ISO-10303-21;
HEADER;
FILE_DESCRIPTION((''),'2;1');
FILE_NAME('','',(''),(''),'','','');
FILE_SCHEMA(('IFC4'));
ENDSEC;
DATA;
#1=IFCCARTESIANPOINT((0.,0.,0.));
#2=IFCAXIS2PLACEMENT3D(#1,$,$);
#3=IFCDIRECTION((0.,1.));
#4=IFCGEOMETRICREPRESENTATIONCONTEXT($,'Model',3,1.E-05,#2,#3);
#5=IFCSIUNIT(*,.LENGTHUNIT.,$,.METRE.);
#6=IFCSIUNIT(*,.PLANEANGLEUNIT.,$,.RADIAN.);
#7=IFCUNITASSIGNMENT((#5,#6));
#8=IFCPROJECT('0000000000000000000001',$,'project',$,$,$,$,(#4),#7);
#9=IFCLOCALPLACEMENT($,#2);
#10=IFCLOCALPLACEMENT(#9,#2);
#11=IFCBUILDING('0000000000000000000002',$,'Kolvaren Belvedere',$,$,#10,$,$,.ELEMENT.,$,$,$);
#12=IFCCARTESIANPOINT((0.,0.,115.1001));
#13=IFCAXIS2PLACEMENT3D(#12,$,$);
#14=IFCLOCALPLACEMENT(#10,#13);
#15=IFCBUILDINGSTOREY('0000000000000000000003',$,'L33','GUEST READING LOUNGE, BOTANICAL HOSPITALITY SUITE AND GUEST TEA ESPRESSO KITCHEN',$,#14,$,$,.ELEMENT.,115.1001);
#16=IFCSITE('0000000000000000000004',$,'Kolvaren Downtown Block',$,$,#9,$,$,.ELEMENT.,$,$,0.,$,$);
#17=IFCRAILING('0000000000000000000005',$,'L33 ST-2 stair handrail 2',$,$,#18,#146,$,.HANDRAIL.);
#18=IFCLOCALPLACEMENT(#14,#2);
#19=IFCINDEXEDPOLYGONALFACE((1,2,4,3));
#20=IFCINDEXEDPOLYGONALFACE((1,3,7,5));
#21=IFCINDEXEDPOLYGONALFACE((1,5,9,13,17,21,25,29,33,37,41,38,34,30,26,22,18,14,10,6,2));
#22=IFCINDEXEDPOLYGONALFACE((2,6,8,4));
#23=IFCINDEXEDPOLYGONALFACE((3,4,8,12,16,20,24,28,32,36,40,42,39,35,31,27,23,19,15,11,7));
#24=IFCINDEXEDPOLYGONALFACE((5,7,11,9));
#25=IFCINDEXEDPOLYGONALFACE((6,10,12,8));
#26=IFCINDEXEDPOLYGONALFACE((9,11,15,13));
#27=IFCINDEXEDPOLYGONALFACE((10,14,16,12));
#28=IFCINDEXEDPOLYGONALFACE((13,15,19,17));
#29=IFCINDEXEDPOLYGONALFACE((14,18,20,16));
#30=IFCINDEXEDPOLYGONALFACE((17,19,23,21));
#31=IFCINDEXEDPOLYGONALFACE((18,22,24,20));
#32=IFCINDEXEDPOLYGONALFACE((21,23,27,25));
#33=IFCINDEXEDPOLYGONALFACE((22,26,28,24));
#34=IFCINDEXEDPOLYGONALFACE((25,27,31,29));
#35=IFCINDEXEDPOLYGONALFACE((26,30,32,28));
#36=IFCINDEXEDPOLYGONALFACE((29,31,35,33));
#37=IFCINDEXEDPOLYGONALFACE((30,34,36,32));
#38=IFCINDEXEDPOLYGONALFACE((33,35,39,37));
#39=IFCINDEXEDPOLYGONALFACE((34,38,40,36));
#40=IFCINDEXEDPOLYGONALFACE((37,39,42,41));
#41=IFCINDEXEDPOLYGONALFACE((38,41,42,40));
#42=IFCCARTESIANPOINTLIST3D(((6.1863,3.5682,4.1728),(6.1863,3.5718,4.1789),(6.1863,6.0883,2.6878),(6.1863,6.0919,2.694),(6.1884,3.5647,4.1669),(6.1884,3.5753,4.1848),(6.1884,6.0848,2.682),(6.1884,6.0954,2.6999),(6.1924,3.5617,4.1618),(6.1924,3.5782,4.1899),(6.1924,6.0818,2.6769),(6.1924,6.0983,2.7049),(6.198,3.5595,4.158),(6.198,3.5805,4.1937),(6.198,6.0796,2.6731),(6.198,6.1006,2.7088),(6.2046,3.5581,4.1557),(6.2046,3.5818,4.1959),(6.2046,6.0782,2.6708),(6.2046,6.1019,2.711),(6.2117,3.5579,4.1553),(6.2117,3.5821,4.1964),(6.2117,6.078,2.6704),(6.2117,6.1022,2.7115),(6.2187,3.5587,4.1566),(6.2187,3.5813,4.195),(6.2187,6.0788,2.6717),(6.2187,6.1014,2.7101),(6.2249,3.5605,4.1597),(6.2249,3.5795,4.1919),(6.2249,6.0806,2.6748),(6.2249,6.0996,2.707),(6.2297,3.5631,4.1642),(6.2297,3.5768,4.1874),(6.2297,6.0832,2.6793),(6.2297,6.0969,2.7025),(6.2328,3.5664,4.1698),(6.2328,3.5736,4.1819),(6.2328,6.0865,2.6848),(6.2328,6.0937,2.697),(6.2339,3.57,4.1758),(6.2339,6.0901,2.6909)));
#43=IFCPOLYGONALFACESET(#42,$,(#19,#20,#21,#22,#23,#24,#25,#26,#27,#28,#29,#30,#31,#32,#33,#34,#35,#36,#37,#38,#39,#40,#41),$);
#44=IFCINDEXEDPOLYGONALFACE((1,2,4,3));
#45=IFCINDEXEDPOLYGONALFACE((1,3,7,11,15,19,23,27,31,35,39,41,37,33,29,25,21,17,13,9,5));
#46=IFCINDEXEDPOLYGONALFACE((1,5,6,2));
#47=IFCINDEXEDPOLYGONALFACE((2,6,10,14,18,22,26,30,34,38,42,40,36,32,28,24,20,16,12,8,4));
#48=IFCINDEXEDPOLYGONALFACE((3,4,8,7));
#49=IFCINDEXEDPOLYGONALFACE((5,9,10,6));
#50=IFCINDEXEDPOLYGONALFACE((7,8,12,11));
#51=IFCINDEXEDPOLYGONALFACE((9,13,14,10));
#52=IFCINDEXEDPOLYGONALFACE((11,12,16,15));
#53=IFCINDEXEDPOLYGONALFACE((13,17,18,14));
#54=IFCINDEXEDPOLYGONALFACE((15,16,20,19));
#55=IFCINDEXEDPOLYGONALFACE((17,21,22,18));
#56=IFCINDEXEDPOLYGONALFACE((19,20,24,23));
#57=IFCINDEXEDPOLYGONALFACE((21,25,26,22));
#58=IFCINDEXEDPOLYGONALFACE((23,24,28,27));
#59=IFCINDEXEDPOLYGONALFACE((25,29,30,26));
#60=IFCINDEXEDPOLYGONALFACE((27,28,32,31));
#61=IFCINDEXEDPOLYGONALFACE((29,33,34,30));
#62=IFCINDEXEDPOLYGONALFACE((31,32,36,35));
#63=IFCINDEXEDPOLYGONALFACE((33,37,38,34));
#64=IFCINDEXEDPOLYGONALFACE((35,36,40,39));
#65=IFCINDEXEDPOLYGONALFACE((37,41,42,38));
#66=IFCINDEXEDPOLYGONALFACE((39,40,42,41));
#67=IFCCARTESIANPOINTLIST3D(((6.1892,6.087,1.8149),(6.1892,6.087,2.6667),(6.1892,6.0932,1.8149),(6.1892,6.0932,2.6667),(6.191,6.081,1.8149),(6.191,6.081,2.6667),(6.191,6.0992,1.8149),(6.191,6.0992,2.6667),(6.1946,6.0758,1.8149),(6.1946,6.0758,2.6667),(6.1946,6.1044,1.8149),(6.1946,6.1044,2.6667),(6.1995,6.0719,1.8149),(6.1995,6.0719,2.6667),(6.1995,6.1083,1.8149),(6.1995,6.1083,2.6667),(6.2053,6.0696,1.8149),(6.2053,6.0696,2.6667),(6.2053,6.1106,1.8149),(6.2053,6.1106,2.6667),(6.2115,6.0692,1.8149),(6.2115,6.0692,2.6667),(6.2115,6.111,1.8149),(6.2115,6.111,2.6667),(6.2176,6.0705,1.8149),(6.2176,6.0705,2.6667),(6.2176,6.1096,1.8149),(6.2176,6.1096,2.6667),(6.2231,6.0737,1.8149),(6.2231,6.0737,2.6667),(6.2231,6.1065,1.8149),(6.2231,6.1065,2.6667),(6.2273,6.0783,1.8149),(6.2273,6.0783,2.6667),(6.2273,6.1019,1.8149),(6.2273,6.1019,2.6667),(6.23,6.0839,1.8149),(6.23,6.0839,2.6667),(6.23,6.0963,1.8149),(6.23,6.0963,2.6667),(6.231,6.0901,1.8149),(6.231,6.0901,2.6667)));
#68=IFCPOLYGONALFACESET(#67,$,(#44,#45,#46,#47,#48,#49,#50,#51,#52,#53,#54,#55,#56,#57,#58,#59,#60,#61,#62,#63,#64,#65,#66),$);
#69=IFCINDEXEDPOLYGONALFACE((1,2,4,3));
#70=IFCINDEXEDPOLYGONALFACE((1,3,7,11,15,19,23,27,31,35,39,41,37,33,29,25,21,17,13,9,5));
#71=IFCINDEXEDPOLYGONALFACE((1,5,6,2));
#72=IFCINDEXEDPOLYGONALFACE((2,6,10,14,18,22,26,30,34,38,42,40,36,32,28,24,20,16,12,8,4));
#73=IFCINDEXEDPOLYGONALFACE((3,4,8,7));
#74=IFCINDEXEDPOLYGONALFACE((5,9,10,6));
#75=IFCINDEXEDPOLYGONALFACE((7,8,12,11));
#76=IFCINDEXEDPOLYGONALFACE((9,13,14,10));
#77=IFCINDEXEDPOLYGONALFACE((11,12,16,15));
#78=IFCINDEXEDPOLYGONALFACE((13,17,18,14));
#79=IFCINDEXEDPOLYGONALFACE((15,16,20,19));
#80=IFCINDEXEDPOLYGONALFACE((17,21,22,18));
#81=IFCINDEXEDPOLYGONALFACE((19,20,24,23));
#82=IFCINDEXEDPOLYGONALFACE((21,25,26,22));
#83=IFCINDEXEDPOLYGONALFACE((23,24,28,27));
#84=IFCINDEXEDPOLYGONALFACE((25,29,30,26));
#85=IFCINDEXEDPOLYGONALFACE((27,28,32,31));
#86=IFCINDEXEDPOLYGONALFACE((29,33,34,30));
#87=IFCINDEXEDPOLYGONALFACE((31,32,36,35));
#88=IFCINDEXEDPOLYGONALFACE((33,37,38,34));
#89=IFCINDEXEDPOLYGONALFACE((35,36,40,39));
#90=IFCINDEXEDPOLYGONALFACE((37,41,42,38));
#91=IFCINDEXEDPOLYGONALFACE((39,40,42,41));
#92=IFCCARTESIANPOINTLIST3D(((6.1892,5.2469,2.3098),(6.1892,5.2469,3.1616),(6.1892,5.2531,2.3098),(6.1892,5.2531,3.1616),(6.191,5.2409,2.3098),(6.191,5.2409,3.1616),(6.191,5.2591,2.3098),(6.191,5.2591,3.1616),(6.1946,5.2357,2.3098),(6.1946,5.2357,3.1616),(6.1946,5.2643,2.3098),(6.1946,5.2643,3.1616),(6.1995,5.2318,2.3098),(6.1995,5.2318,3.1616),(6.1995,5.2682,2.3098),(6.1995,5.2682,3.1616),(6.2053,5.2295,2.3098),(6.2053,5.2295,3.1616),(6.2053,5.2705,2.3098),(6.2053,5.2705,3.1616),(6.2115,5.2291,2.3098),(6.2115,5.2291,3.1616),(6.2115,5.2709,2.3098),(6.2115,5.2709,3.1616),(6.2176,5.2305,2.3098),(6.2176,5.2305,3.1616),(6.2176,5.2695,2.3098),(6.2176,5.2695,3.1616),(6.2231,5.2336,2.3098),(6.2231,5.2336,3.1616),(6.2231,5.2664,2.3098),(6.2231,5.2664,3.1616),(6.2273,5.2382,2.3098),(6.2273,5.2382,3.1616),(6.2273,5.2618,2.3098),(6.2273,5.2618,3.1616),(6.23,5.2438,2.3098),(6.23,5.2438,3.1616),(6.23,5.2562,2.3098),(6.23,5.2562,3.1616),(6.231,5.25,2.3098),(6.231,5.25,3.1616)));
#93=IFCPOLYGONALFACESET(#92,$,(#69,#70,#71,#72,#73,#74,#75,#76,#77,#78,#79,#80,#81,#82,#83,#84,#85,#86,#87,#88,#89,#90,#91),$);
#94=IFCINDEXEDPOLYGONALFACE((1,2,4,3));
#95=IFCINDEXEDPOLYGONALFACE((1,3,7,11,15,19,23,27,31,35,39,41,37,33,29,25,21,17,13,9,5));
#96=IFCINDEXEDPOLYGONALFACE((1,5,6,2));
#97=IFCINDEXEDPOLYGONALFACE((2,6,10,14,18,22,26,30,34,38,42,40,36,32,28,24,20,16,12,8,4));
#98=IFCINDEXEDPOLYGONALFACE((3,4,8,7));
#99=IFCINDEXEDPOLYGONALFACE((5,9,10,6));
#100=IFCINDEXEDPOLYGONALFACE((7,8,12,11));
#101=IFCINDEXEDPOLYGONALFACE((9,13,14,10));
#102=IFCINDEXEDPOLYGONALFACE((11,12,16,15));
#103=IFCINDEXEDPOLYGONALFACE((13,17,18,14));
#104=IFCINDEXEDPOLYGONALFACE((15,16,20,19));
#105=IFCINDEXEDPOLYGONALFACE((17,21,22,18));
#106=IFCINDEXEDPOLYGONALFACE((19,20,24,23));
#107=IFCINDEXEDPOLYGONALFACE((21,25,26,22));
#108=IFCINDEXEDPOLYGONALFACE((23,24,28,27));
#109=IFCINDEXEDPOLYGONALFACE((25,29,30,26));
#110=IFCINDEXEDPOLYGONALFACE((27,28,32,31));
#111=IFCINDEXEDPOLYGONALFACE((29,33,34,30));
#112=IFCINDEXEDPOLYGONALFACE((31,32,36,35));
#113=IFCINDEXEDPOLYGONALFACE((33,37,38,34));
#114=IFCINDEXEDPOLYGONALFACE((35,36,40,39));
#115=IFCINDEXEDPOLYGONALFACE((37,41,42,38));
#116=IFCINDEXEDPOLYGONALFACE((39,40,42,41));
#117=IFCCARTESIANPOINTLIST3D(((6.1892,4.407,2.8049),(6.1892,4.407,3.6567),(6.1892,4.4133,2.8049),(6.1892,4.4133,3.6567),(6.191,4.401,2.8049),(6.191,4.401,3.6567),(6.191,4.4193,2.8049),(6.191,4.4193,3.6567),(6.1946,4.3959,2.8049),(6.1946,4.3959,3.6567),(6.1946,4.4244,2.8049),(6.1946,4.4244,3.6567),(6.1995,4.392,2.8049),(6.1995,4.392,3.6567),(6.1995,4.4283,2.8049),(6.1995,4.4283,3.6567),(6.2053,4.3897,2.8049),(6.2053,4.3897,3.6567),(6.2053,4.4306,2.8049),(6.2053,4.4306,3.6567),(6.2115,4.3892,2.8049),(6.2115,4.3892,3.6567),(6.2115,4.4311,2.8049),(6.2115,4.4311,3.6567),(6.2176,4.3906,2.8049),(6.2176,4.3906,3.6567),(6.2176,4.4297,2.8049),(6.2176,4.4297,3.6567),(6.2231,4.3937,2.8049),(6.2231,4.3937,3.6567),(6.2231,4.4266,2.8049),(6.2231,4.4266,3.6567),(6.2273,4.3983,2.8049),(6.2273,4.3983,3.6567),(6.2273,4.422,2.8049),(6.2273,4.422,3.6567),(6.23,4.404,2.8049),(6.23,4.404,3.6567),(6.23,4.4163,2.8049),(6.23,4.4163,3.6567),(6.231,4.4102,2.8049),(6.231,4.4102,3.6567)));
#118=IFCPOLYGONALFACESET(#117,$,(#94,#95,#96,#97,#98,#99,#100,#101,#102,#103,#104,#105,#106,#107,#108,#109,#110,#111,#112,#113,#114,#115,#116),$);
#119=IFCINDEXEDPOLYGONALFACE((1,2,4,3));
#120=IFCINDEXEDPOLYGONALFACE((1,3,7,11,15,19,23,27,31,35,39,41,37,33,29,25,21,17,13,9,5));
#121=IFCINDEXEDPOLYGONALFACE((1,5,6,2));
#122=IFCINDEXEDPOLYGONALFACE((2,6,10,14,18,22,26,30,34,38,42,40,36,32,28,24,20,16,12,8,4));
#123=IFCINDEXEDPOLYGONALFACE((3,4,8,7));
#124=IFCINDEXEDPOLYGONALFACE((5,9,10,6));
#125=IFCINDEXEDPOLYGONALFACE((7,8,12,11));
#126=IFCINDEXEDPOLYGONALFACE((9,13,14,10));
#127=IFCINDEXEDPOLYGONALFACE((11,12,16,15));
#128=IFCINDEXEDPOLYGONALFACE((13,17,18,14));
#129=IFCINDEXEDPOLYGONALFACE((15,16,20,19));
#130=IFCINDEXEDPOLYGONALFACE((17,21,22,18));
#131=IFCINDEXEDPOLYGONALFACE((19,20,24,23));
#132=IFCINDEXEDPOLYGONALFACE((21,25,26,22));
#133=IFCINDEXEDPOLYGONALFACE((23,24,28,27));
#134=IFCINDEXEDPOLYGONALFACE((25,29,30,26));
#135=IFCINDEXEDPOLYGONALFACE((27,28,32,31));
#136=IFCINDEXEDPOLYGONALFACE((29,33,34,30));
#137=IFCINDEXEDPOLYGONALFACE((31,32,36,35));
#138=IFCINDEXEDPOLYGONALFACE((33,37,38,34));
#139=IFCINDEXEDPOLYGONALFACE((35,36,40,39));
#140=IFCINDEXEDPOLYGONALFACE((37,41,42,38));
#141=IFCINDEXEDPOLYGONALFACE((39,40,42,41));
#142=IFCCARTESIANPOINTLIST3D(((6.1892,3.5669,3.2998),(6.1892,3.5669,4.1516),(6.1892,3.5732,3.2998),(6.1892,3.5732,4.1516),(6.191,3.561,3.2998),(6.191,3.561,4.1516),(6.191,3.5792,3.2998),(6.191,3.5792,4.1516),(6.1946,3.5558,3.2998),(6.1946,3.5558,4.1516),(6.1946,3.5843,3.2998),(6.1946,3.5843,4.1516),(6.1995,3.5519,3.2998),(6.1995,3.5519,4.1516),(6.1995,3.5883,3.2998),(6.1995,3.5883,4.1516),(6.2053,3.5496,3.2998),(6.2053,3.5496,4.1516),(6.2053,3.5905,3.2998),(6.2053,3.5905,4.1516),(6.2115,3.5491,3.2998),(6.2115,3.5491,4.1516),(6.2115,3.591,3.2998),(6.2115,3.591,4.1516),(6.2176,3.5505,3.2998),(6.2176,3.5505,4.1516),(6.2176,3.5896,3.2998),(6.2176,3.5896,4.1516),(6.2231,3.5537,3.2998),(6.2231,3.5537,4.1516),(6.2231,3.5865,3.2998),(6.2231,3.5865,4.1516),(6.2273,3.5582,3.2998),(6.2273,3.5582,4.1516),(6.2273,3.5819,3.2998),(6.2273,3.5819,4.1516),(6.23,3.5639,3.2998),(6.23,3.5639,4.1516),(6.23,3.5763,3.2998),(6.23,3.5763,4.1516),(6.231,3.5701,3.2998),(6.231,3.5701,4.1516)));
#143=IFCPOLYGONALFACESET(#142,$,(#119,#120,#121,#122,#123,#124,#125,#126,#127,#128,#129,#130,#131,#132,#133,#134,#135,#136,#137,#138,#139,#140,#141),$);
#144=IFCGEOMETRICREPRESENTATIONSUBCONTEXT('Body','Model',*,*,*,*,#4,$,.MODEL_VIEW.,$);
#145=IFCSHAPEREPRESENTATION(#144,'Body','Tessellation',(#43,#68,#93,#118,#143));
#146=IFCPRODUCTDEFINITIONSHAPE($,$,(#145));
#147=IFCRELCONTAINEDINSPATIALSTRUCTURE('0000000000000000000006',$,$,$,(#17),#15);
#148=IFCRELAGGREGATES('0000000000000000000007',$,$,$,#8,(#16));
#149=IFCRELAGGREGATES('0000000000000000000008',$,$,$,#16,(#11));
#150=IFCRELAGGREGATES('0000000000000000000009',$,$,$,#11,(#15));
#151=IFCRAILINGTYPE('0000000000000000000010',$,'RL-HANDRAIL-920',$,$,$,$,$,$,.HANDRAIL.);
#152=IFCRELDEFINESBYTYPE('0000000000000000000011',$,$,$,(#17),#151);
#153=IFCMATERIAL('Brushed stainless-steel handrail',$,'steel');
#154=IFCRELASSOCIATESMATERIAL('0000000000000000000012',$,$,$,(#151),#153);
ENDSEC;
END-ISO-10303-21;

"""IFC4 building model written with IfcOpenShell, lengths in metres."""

from ifc_helpers import new_model, si_unit, direction, frame, origin, origin_2d, place, context, subcontext, project, spatial, circle, extrude, material, type_object, element, save


model = new_model("IFC4")

# Units and contexts
model_context = context("Model", 3, precision=1e-05, world=origin(), true_north=direction((0.0, 1.0)))
body_context = subcontext(model_context, "Body", "Model", "MODEL_VIEW")
ifc_project = project(units=[si_unit("LENGTHUNIT", "METRE"), si_unit("PLANEANGLEUNIT", "RADIAN")], contexts=[model_context])

# Site, building, storey
site_placement = place(None, origin())
site = spatial("IfcSite", under=ifc_project, at=site_placement, Name="Kolvaren Downtown Block", CompositionType="ELEMENT", RefElevation=0.0)
building_placement = place(site_placement, origin())
building = spatial("IfcBuilding", under=site, at=building_placement, Name="Kolvaren Belvedere", CompositionType="ELEMENT")
storey_placement = place(building_placement, frame((0.0, 0.0, 115.1001)))
storey = spatial("IfcBuildingStorey", under=building, at=storey_placement, Name="L33", Description="GUEST READING LOUNGE, BOTANICAL HOSPITALITY SUITE AND GUEST TEA ESPRESSO KITCHEN", CompositionType="ELEMENT", Elevation=115.1001)

# Railing
ifc_material_1 = material(Name="Brushed stainless-steel handrail", Category="steel")
railing_type_1 = type_object("IfcRailingType", Name="RL-HANDRAIL-920", PredefinedType="HANDRAIL", material=ifc_material_1)
railing_1_placement = place(storey_placement, frame((6.21, 6.0901, 1.8149)))
element("IfcRailing", 1, at=railing_1_placement, inside=storey, type_object=railing_type_1, Name="L33 ST-2 stair handrail 2", PredefinedType="HANDRAIL", context=body_context, shape_type="SweptSolid", body=[
    extrude(circle(Radius=0.0239, at=origin_2d()), frame((0.0, 0.0, 0.876), z_axis=(0.0, -0.861561, 0.507655), x_axis=(1.0, 0.0, 0.0)), (0.0, 0.0, 1.0), 2.925),
    extrude(circle(Radius=0.021, at=origin_2d()), origin(), (0.0, 0.0, 1.0), 0.8518),
    extrude(circle(Radius=0.021, at=origin_2d()), frame((0.0, -0.8401, 0.4949)), (0.0, 0.0, 1.0), 0.8518),
    extrude(circle(Radius=0.021, at=origin_2d()), frame((0.0, -1.6799, 0.99)), (0.0, 0.0, 1.0), 0.8518),
    extrude(circle(Radius=0.021, at=origin_2d()), frame((0.0, -2.52, 1.4849)), (0.0, 0.0, 1.0), 0.8518),
])

save(model, "model.ifc")
